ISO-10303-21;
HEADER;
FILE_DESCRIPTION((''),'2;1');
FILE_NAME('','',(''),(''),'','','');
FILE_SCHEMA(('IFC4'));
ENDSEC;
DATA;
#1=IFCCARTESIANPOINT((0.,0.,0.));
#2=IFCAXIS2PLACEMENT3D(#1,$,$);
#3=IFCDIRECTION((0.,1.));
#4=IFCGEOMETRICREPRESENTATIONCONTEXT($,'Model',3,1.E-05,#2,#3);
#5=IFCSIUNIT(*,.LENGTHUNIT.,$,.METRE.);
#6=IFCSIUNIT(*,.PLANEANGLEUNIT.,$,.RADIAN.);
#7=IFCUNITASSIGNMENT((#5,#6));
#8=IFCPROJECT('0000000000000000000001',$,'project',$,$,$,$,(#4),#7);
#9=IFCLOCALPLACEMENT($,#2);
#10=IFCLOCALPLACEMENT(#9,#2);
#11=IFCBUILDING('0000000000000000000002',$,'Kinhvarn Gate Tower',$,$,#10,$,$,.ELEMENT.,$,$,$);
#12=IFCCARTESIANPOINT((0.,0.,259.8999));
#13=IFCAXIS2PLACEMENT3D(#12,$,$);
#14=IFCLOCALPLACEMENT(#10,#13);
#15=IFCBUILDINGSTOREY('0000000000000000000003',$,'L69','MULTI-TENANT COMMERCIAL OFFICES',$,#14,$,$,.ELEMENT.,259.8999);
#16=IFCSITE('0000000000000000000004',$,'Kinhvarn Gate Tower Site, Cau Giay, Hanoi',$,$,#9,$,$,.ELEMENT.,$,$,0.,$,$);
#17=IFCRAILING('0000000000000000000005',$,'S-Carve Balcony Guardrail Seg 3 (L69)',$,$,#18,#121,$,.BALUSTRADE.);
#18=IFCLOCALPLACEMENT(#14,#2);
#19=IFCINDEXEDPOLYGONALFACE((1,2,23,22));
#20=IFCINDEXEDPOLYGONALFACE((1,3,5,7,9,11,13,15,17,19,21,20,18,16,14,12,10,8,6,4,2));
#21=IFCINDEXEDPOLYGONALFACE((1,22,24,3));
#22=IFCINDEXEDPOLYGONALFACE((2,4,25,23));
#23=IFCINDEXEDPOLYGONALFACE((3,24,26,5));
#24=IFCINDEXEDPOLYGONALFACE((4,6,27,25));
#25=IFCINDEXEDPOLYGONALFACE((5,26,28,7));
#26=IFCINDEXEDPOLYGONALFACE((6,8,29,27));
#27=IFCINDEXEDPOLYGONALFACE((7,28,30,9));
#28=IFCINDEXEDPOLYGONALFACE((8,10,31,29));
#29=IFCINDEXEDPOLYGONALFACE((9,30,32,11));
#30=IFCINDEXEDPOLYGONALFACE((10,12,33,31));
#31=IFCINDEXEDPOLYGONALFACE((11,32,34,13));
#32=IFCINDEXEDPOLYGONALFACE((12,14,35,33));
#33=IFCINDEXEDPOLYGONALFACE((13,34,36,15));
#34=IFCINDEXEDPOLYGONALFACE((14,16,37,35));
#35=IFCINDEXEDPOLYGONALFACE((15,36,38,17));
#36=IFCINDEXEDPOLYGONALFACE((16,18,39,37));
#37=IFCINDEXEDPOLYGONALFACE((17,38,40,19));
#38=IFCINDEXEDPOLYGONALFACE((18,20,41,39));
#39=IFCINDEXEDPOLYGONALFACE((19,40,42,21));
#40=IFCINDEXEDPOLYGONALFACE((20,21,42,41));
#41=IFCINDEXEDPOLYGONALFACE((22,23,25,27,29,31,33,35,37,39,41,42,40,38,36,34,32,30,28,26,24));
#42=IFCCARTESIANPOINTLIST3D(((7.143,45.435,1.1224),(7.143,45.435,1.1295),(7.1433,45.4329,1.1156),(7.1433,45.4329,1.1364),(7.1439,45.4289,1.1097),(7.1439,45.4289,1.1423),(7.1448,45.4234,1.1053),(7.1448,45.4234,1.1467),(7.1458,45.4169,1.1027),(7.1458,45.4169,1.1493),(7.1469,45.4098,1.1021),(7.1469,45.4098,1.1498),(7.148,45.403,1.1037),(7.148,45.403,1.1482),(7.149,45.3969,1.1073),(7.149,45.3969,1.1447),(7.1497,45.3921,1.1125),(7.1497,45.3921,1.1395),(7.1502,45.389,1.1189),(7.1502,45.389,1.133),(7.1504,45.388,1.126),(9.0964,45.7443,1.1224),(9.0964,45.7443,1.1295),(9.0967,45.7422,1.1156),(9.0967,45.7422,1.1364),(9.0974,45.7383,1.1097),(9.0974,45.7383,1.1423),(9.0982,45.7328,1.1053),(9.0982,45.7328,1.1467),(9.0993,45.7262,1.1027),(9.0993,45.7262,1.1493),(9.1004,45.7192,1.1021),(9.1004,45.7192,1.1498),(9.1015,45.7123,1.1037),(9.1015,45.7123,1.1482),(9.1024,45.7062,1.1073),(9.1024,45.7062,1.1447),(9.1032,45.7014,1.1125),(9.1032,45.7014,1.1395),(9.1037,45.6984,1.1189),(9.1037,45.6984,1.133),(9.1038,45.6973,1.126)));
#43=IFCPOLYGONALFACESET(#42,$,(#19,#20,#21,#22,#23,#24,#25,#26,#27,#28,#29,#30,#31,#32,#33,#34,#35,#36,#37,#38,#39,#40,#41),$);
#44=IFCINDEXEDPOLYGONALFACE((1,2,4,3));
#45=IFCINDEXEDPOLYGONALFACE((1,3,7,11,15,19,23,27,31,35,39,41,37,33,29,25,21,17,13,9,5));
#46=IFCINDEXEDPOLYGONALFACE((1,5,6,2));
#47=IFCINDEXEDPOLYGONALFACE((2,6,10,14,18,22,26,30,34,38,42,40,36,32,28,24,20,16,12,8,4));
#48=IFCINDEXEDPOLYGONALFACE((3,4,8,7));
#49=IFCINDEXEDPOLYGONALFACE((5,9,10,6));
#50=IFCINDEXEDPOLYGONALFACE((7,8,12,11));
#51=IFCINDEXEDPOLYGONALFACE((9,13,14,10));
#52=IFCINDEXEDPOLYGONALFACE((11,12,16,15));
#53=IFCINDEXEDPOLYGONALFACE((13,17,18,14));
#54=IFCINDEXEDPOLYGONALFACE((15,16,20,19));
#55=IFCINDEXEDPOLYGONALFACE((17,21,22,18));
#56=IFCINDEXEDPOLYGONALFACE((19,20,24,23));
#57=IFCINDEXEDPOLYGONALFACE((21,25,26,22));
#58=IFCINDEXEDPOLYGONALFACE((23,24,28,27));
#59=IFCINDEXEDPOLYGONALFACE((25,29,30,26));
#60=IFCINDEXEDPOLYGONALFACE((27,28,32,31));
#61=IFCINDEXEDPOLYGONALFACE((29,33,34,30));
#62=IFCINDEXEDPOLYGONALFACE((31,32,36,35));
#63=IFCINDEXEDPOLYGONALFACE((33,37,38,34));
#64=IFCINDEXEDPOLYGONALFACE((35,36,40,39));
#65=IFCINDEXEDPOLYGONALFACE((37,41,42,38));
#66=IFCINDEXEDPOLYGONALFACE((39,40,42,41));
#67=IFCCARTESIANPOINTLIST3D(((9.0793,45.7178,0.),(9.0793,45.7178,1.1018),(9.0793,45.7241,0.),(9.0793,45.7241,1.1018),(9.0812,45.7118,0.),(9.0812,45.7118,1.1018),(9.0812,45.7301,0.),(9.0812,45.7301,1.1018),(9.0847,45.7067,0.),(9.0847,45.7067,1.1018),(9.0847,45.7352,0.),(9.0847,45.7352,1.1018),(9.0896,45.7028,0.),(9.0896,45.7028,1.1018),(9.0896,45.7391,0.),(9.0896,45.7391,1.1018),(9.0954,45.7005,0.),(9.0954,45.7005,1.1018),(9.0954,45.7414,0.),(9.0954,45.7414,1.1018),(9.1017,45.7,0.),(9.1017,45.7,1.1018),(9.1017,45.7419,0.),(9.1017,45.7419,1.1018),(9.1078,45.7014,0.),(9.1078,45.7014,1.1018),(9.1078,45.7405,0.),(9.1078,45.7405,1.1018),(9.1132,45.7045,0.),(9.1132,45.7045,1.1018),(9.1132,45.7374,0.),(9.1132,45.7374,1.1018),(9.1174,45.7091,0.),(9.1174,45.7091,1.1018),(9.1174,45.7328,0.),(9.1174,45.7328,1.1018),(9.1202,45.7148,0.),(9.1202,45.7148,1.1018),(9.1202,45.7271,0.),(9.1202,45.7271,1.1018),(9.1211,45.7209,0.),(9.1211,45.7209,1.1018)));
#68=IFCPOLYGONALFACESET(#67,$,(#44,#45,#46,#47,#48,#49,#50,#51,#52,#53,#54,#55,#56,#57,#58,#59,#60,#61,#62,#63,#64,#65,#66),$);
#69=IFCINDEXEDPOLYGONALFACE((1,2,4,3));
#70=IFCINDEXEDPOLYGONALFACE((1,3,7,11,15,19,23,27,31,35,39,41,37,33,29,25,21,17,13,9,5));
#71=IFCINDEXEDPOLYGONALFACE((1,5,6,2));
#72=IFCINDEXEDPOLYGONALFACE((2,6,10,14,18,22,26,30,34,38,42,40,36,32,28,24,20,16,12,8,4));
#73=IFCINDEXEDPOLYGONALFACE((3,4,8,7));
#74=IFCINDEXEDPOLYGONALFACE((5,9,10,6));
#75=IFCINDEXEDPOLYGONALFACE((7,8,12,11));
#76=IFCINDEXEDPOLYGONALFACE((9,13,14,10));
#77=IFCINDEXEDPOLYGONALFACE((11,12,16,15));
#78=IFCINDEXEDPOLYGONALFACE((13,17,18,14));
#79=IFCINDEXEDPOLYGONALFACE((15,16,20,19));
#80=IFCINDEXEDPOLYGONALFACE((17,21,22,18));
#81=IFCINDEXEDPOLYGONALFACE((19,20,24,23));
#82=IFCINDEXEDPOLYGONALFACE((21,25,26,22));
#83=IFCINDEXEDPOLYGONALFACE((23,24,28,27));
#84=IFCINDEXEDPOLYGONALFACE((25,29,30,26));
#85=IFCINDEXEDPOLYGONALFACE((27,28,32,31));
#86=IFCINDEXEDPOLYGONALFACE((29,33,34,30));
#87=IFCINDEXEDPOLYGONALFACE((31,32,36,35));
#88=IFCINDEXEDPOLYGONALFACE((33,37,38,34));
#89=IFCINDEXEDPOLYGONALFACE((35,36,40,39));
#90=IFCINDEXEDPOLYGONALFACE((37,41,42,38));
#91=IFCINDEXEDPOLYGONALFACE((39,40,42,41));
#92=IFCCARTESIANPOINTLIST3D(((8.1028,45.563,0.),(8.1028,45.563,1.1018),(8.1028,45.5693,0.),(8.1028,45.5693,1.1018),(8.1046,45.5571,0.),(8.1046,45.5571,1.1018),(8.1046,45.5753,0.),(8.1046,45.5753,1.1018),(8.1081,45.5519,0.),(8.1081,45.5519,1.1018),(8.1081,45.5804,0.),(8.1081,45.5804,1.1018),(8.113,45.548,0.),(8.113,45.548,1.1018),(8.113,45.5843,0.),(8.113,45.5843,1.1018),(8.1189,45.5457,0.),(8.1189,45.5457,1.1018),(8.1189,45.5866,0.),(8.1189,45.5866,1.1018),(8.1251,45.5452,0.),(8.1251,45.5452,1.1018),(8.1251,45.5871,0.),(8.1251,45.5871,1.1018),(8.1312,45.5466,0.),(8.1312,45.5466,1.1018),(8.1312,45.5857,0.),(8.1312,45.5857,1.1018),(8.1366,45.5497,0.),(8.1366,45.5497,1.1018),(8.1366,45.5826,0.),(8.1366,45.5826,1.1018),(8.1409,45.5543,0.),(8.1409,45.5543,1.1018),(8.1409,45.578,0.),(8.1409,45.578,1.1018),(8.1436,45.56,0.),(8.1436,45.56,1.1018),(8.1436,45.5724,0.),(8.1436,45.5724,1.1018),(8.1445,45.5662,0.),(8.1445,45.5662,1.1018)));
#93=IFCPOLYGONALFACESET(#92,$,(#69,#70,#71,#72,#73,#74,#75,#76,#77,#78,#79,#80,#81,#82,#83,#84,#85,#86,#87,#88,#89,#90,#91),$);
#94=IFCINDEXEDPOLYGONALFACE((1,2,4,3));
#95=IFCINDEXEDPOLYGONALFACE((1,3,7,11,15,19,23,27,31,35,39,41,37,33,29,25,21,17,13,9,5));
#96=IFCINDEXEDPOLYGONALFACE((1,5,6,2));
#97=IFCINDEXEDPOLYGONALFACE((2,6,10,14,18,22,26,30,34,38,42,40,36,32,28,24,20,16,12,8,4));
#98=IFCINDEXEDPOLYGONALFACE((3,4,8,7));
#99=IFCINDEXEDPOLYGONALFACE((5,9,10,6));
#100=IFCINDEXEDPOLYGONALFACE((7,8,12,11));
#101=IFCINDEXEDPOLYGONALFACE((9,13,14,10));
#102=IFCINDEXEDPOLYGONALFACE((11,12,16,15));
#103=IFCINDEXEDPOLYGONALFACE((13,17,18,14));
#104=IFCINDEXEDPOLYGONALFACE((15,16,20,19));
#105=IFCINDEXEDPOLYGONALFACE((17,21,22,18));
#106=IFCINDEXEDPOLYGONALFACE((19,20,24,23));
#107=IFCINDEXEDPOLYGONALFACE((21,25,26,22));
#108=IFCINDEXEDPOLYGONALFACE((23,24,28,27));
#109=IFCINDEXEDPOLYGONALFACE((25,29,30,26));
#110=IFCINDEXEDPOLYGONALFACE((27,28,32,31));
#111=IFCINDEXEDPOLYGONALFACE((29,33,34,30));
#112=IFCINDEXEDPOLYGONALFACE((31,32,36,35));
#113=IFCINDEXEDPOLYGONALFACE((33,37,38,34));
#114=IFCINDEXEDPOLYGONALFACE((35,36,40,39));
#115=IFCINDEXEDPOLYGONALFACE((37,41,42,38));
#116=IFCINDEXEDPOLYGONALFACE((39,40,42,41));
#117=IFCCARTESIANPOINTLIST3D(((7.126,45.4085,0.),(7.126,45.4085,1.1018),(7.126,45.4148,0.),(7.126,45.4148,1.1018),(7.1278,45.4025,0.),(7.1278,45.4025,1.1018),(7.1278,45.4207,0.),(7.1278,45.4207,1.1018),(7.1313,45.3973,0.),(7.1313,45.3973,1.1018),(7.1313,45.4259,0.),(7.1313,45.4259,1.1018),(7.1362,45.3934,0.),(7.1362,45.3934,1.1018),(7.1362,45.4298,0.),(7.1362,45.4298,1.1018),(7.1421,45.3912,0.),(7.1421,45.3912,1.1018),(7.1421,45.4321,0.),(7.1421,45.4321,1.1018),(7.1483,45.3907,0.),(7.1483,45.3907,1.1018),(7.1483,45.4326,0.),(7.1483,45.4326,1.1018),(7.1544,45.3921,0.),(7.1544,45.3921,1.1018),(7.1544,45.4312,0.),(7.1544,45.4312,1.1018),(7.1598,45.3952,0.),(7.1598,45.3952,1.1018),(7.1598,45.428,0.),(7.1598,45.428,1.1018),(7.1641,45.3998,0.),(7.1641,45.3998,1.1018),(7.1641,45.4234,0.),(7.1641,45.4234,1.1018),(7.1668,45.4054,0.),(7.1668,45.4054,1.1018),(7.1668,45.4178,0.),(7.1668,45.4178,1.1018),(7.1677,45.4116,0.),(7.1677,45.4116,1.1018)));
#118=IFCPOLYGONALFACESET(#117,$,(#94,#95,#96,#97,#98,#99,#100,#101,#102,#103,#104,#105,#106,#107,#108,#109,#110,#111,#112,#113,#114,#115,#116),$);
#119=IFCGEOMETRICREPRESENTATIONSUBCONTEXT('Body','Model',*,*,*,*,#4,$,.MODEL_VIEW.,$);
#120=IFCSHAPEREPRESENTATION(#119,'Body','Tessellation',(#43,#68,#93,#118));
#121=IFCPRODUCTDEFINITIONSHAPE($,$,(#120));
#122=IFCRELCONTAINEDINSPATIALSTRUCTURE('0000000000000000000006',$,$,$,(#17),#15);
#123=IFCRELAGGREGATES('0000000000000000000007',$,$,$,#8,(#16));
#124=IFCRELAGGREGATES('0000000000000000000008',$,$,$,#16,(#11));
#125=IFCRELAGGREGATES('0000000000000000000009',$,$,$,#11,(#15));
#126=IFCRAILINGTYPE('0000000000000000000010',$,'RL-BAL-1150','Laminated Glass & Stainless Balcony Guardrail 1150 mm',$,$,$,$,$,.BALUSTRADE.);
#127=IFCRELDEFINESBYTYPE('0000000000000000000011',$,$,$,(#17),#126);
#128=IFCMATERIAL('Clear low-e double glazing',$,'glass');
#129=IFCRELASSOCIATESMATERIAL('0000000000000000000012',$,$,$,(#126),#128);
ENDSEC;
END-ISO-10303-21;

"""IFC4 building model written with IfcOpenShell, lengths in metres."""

from ifc_helpers import new_model, si_unit, direction, frame, origin, origin_2d, place, context, subcontext, project, spatial, circle, extrude, material, type_object, element, save


model = new_model("IFC4")

# Units and contexts
model_context = context("Model", 3, precision=1e-05, world=origin(), true_north=direction((0.0, 1.0)))
body_context = subcontext(model_context, "Body", "Model", "MODEL_VIEW")
ifc_project = project(units=[si_unit("LENGTHUNIT", "METRE"), si_unit("PLANEANGLEUNIT", "RADIAN")], contexts=[model_context])

# Site, building, storey
site_placement = place(None, origin())
site = spatial("IfcSite", under=ifc_project, at=site_placement, Name="Kinhvarn Gate Tower Site, Cau Giay, Hanoi", CompositionType="ELEMENT", RefElevation=0.0)
building_placement = place(site_placement, origin())
building = spatial("IfcBuilding", under=site, at=building_placement, Name="Kinhvarn Gate Tower", CompositionType="ELEMENT")
storey_placement = place(building_placement, frame((0.0, 0.0, 259.8999)))
storey = spatial("IfcBuildingStorey", under=building, at=storey_placement, Name="L69", Description="MULTI-TENANT COMMERCIAL OFFICES", CompositionType="ELEMENT", Elevation=259.8999)

# Shared definitions
ifc_material_1 = material(Name="Clear low-e double glazing", Category="glass")

# Railing
railing_type = type_object("IfcRailingType", Name="RL-BAL-1150", Description="Laminated Glass & Stainless Balcony Guardrail 1150 mm", PredefinedType="BALUSTRADE", material=ifc_material_1)
railing_1_placement = place(storey_placement, frame((9.1001, 45.7209, 0.0)))
element("IfcRailing", 1, at=railing_1_placement, inside=storey, type_object=railing_type, Name="S-Carve Balcony Guardrail Seg 3 (L69)", PredefinedType="BALUSTRADE", context=body_context, shape_type="SweptSolid", body=[
    extrude(circle(Radius=0.0239, at=origin_2d()), frame((0.0, 0.0, 1.126), z_axis=(-0.987693, -0.156406, 0.0), x_axis=(0.156406, -0.987693, 0.0)), (0.0, 0.0, 1.0), 1.9778),
    extrude(circle(Radius=0.021, at=origin_2d()), origin(), (0.0, 0.0, 1.0), 1.1018),
    extrude(circle(Radius=0.021, at=origin_2d()), frame((-0.9766, -0.1548, 0.0)), (0.0, 0.0, 1.0), 1.1018),
    extrude(circle(Radius=0.021, at=origin_2d()), frame((-1.9534, -0.3093, 0.0)), (0.0, 0.0, 1.0), 1.1018),
])

save(model, "model.ifc")
